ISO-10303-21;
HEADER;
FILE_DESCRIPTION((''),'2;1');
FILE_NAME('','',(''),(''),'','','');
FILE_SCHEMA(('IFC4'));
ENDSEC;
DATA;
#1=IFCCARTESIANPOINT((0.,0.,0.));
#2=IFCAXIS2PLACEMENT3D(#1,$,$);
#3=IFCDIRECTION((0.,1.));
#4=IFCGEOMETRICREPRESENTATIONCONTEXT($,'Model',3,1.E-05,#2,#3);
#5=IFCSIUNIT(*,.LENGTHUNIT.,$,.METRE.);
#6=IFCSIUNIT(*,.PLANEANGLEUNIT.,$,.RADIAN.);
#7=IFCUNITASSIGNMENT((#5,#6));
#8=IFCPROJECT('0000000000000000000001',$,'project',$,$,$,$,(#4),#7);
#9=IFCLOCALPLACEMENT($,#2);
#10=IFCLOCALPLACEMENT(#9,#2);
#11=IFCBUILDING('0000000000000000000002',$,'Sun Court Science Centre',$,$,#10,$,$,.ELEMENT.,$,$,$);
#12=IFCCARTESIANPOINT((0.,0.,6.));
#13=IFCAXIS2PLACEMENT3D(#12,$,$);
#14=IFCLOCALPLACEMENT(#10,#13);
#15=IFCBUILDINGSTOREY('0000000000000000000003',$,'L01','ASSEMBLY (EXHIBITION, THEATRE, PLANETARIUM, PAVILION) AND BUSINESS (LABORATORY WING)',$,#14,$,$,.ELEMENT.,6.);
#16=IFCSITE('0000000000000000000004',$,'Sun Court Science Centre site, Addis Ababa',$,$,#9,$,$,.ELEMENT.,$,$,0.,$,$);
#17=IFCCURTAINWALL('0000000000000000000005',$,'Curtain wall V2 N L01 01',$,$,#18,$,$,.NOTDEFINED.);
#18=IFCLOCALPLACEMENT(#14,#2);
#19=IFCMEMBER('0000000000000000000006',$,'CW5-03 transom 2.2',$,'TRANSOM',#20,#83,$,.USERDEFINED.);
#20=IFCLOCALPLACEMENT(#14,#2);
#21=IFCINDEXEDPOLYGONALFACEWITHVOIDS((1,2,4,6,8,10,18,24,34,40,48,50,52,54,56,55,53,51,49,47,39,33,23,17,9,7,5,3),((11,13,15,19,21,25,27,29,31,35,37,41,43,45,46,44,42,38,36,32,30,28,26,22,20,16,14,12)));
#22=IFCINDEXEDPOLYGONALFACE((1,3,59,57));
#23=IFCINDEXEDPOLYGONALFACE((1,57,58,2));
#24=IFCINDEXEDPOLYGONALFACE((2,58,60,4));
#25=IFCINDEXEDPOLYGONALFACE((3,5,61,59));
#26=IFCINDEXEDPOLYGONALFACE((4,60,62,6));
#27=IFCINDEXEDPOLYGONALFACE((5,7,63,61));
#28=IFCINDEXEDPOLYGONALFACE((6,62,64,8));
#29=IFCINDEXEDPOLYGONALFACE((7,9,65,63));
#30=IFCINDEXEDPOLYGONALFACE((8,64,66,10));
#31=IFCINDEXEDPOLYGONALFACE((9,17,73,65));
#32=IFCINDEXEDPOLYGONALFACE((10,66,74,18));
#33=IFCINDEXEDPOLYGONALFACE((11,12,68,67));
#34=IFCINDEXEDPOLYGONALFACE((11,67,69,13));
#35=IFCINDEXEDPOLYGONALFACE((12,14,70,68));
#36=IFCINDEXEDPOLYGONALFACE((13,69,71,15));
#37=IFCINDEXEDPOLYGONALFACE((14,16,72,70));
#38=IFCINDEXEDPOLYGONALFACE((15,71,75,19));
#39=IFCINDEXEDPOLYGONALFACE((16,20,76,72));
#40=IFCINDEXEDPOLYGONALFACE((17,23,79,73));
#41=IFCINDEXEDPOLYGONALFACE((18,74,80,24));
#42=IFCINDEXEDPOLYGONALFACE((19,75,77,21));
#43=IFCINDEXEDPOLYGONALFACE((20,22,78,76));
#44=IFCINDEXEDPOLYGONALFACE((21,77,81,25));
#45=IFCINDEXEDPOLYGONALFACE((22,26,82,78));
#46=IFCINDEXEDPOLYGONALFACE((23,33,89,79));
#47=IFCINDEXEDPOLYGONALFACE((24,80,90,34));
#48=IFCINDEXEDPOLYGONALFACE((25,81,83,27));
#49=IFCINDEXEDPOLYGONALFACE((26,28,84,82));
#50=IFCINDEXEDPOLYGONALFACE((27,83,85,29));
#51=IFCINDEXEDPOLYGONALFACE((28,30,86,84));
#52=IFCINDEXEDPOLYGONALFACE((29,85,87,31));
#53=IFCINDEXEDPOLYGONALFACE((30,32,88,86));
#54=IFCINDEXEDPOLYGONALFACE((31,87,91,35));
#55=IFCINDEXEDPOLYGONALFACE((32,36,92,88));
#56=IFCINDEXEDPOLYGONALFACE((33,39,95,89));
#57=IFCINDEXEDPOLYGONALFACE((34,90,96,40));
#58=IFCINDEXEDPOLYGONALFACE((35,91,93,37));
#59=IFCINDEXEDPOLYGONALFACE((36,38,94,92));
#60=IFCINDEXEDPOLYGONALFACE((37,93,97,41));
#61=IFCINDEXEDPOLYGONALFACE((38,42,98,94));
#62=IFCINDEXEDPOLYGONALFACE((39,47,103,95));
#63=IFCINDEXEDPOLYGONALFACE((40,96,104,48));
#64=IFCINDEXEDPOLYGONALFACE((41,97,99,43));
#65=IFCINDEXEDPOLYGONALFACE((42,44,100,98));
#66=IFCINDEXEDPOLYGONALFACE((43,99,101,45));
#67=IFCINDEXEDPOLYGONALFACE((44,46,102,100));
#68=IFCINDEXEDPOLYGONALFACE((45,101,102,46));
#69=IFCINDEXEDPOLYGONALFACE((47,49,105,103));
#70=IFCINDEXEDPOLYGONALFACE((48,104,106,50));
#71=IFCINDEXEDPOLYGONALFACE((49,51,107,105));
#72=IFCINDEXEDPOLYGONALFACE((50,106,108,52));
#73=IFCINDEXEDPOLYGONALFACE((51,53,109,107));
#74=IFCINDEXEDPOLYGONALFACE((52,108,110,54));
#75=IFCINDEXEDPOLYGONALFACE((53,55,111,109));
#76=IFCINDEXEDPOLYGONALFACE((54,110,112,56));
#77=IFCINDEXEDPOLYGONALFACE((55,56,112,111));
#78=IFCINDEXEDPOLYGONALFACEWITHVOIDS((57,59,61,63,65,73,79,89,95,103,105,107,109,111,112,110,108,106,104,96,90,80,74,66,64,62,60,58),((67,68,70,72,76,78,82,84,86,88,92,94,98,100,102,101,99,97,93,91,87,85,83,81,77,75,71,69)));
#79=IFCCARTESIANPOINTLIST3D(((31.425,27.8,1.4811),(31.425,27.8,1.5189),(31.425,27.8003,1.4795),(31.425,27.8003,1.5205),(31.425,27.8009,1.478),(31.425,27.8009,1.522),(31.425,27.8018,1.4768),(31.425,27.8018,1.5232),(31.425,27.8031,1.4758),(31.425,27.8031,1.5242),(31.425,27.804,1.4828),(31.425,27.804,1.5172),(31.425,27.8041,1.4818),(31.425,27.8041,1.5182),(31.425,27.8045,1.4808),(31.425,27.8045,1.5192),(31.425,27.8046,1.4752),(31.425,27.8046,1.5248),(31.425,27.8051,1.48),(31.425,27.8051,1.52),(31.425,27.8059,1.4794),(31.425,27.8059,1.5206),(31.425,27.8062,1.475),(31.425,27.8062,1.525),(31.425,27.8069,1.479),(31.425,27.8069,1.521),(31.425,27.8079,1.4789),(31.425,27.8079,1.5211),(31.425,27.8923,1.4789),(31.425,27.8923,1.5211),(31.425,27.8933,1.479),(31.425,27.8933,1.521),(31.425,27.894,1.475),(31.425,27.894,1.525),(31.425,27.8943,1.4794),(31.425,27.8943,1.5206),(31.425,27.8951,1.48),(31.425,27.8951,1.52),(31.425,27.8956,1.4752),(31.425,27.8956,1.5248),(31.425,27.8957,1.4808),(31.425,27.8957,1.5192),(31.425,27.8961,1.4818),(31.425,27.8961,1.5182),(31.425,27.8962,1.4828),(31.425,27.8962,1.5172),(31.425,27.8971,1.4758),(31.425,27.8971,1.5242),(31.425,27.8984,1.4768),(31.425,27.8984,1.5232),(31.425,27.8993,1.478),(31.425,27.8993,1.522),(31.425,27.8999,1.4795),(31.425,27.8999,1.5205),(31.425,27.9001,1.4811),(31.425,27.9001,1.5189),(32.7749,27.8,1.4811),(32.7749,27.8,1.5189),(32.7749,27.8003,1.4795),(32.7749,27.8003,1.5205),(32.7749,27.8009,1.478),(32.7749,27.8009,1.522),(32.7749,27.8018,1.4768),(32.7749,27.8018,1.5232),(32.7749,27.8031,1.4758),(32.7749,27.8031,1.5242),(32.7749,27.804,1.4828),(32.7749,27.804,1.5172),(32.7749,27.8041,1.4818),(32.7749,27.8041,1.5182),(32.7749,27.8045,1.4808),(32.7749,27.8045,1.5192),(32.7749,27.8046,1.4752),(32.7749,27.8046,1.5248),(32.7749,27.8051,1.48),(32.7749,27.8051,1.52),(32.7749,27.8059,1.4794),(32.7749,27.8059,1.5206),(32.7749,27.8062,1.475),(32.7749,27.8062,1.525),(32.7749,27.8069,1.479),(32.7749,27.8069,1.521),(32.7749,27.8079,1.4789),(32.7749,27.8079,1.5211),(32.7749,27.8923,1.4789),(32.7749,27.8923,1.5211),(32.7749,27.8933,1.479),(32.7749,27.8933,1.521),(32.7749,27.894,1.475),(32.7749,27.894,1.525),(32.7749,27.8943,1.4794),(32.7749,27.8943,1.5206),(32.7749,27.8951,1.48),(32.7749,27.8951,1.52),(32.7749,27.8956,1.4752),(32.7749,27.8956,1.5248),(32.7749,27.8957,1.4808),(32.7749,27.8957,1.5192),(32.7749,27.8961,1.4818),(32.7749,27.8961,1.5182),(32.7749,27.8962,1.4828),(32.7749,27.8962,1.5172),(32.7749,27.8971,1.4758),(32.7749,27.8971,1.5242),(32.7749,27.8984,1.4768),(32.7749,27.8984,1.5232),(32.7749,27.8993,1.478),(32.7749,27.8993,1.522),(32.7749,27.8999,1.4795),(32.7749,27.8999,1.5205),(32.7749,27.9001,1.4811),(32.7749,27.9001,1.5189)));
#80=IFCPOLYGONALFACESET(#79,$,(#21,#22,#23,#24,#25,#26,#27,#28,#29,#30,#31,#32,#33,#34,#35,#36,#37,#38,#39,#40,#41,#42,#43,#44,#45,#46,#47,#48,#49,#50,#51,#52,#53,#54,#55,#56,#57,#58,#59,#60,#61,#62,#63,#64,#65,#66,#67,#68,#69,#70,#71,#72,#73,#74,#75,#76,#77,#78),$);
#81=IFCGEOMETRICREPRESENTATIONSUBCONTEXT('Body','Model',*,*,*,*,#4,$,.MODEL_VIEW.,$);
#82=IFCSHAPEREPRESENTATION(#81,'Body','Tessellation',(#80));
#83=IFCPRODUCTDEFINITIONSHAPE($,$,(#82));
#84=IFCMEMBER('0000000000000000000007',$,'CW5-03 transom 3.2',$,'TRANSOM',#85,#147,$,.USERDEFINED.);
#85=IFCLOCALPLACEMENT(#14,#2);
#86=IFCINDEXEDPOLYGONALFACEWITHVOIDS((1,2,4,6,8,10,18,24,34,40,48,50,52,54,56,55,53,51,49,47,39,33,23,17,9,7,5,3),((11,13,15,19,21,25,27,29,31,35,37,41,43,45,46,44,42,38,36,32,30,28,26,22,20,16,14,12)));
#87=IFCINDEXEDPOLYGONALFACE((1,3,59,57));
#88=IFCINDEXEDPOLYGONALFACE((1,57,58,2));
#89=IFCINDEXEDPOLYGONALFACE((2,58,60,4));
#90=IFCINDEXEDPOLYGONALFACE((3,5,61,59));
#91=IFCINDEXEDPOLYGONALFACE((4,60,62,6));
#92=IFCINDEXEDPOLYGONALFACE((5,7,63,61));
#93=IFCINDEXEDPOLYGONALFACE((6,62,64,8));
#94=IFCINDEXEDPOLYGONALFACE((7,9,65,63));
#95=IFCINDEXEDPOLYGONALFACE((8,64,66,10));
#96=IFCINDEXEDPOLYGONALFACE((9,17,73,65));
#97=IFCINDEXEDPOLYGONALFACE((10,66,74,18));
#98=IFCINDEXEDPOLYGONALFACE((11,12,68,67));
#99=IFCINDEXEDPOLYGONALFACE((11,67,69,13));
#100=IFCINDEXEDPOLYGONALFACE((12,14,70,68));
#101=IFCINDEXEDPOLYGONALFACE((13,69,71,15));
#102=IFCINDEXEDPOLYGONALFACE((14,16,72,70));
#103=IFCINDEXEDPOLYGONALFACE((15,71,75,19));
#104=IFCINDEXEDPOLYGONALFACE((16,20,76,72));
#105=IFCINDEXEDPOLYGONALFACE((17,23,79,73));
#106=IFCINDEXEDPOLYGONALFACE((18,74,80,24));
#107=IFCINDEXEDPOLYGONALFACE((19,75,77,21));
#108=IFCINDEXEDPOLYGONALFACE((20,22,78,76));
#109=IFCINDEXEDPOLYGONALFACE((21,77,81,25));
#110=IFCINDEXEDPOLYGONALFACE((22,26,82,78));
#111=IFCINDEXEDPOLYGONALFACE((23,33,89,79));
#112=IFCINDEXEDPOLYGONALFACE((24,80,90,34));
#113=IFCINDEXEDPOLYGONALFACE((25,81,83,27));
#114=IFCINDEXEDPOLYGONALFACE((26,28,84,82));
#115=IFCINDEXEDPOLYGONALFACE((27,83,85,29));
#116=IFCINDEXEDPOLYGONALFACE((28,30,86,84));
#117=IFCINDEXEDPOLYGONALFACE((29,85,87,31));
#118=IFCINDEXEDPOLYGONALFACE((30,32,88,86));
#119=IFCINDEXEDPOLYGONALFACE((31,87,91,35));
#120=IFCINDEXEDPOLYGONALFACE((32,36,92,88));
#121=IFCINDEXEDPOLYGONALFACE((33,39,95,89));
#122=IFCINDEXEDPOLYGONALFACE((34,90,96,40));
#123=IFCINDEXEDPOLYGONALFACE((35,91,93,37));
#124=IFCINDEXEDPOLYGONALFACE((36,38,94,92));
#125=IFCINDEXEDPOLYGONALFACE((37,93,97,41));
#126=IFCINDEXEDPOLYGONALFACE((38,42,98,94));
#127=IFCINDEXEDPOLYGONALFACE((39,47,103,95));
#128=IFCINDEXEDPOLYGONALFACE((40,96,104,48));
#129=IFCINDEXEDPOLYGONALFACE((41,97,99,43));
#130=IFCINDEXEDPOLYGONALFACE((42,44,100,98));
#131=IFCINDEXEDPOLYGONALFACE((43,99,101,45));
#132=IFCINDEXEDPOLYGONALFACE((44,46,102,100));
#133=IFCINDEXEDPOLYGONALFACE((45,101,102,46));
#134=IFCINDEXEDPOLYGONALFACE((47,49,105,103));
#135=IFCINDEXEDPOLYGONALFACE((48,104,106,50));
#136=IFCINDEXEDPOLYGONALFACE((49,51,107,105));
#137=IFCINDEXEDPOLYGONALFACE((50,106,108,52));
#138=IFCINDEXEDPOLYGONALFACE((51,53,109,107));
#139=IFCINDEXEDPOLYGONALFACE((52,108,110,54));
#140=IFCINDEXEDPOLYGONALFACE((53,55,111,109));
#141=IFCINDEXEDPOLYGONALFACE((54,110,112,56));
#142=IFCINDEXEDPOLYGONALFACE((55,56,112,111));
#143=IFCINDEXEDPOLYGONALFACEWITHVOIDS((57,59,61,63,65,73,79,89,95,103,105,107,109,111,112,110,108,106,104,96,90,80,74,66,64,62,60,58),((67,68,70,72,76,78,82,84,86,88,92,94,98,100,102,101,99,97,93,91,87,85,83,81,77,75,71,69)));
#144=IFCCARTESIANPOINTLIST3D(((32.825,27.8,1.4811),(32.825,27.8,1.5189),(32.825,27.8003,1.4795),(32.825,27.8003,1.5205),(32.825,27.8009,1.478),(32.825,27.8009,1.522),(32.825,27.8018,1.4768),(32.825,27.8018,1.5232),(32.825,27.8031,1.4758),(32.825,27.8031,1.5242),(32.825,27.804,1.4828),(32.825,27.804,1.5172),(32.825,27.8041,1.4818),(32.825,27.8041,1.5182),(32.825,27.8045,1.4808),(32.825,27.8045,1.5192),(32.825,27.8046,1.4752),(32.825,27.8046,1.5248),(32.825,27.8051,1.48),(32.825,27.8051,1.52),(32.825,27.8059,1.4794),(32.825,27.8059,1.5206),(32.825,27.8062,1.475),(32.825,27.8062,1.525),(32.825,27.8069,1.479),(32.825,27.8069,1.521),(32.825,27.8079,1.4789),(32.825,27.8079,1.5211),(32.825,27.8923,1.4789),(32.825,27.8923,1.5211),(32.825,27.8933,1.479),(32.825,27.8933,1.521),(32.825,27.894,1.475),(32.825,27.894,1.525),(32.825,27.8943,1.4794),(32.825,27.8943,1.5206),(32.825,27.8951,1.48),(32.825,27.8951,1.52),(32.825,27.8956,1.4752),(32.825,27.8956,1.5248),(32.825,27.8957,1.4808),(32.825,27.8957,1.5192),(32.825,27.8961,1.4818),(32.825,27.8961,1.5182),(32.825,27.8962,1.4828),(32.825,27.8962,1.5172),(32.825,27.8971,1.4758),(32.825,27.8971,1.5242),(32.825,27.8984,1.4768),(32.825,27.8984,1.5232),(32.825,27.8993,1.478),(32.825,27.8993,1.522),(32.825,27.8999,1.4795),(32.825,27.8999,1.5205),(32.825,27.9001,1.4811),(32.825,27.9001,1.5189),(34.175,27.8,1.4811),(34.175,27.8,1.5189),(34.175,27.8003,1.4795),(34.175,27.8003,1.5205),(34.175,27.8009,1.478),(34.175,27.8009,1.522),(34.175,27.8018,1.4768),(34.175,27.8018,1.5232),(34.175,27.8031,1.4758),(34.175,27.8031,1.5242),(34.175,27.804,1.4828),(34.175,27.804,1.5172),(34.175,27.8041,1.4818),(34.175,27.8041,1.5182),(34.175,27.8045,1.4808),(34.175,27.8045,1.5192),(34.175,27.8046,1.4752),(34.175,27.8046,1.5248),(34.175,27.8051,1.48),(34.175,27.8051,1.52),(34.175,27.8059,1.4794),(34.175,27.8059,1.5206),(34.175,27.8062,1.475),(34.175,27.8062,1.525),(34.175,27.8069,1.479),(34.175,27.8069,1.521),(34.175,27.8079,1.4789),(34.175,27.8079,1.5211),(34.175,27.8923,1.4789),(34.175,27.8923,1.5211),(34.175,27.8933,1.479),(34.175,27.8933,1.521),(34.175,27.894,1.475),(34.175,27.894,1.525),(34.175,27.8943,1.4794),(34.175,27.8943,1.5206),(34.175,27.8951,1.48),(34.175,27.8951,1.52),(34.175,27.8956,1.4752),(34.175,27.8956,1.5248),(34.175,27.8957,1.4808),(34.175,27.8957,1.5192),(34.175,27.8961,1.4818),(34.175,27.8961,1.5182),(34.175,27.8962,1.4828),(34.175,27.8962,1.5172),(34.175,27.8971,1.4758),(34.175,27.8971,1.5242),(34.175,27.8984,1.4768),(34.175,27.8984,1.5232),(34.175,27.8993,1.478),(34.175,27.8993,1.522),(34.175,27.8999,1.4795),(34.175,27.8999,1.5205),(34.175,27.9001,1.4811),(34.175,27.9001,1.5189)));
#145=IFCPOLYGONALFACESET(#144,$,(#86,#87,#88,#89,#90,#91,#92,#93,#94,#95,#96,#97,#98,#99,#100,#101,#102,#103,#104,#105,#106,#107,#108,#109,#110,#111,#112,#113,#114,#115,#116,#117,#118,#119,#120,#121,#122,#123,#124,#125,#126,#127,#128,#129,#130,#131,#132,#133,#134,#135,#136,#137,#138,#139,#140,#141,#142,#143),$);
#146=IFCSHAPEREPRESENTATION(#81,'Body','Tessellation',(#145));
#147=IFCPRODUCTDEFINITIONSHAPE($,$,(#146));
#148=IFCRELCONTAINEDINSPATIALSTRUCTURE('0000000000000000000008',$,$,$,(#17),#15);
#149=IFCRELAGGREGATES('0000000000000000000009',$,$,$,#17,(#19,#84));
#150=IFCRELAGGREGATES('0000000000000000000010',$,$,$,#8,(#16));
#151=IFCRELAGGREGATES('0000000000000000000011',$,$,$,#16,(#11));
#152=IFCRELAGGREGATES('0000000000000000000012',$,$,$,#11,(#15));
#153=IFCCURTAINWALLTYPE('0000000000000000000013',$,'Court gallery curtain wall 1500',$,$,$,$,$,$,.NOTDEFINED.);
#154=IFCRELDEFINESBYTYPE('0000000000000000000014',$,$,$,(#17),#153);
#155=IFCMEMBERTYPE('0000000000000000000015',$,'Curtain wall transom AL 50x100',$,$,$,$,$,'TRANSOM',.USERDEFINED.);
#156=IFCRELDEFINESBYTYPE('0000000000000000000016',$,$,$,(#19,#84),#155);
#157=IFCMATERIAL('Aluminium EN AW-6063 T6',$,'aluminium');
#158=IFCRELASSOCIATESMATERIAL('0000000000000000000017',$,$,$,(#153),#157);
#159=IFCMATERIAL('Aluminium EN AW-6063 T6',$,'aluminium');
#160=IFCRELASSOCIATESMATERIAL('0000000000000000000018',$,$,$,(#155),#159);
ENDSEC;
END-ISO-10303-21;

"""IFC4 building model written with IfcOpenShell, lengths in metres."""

from ifc_helpers import new_model, si_unit, direction, frame, origin, origin_2d, place, context, subcontext, project, spatial, hollow_rectangle, extrude, material, material_profile, profile_set, type_object, element, aggregate, save


model = new_model("IFC4")

# Units and contexts
model_context = context("Model", 3, precision=1e-05, world=origin(), true_north=direction((0.0, 1.0)))
body_context = subcontext(model_context, "Body", "Model", "MODEL_VIEW")
ifc_project = project(units=[si_unit("LENGTHUNIT", "METRE"), si_unit("PLANEANGLEUNIT", "RADIAN")], contexts=[model_context])

# Site, building, storey
site_placement = place(None, origin())
site = spatial("IfcSite", under=ifc_project, at=site_placement, Name="Sun Court Science Centre site, Addis Ababa", CompositionType="ELEMENT", RefElevation=0.0)
building_placement = place(site_placement, origin())
building = spatial("IfcBuilding", under=site, at=building_placement, Name="Sun Court Science Centre", CompositionType="ELEMENT")
storey_placement = place(building_placement, frame((0.0, 0.0, 6.0)))
storey = spatial("IfcBuildingStorey", under=building, at=storey_placement, Name="L01", Description="ASSEMBLY (EXHIBITION, THEATRE, PLANETARIUM, PAVILION) AND BUSINESS (LABORATORY WING)", CompositionType="ELEMENT", Elevation=6.0)

# Curtain wall, members
ifc_material_1 = material(Name="Aluminium EN AW-6063 T6", Category="aluminium")
curtain_wall_type = type_object("IfcCurtainWallType", Name="Court gallery curtain wall 1500", PredefinedType="NOTDEFINED", material=ifc_material_1)
curtain_wall_placement = place(storey_placement, origin())
curtain_wall = element("IfcCurtainWall", 1, at=curtain_wall_placement, inside=storey, type_object=curtain_wall_type, Name="Curtain wall V2 N L01 01", PredefinedType="NOTDEFINED")
ifc_material_2 = material(Name="Aluminium EN AW-6063 T6", Category="aluminium")
ifc_material_profile_1 = material_profile(ifc_material_2, hollow_rectangle(XDim=0.05, YDim=0.1001, WallThickness=0.0039, InnerFilletRadius=0.0039, OuterFilletRadius=0.0061, at=origin_2d()), Name="AL 50x100x4")
ifc_profile_set_1 = profile_set([ifc_material_profile_1], Name="Aluminium EN AW-6063 T6")
member_type_1 = type_object("IfcMemberType", Name="Curtain wall transom AL 50x100", ElementType="TRANSOM", PredefinedType="USERDEFINED", material=ifc_profile_set_1)
member_1_placement = place(storey_placement, frame((31.425, 27.8501, 1.5), z_axis=(1.0, 0.0, 0.0), x_axis=(0.0, 0.0, 1.0)))
member_1 = element("IfcMember", 2, at=member_1_placement, type_object=member_type_1, Name="CW5-03 transom 2.2", ObjectType="TRANSOM", PredefinedType="USERDEFINED", context=body_context, shape_type="SweptSolid", body=[
    extrude(hollow_rectangle(XDim=0.05, YDim=0.1001, WallThickness=0.0039, InnerFilletRadius=0.0039, OuterFilletRadius=0.0061, at=origin_2d()), origin(), (0.0, 0.0, 1.0), 1.3499),
])
member_2_placement = place(storey_placement, frame((32.825, 27.8501, 1.5), z_axis=(1.0, 0.0, 0.0), x_axis=(0.0, 0.0, 1.0)))
member_2 = element("IfcMember", 3, at=member_2_placement, type_object=member_type_1, Name="CW5-03 transom 3.2", ObjectType="TRANSOM", PredefinedType="USERDEFINED", context=body_context, shape_type="SweptSolid", body=[
    extrude(hollow_rectangle(XDim=0.05, YDim=0.1001, WallThickness=0.0039, InnerFilletRadius=0.0039, OuterFilletRadius=0.0061, at=origin_2d()), origin(), (0.0, 0.0, 1.0), 1.3501),
])

aggregate(curtain_wall, [member_1, member_2])

save(model, "model.ifc")
